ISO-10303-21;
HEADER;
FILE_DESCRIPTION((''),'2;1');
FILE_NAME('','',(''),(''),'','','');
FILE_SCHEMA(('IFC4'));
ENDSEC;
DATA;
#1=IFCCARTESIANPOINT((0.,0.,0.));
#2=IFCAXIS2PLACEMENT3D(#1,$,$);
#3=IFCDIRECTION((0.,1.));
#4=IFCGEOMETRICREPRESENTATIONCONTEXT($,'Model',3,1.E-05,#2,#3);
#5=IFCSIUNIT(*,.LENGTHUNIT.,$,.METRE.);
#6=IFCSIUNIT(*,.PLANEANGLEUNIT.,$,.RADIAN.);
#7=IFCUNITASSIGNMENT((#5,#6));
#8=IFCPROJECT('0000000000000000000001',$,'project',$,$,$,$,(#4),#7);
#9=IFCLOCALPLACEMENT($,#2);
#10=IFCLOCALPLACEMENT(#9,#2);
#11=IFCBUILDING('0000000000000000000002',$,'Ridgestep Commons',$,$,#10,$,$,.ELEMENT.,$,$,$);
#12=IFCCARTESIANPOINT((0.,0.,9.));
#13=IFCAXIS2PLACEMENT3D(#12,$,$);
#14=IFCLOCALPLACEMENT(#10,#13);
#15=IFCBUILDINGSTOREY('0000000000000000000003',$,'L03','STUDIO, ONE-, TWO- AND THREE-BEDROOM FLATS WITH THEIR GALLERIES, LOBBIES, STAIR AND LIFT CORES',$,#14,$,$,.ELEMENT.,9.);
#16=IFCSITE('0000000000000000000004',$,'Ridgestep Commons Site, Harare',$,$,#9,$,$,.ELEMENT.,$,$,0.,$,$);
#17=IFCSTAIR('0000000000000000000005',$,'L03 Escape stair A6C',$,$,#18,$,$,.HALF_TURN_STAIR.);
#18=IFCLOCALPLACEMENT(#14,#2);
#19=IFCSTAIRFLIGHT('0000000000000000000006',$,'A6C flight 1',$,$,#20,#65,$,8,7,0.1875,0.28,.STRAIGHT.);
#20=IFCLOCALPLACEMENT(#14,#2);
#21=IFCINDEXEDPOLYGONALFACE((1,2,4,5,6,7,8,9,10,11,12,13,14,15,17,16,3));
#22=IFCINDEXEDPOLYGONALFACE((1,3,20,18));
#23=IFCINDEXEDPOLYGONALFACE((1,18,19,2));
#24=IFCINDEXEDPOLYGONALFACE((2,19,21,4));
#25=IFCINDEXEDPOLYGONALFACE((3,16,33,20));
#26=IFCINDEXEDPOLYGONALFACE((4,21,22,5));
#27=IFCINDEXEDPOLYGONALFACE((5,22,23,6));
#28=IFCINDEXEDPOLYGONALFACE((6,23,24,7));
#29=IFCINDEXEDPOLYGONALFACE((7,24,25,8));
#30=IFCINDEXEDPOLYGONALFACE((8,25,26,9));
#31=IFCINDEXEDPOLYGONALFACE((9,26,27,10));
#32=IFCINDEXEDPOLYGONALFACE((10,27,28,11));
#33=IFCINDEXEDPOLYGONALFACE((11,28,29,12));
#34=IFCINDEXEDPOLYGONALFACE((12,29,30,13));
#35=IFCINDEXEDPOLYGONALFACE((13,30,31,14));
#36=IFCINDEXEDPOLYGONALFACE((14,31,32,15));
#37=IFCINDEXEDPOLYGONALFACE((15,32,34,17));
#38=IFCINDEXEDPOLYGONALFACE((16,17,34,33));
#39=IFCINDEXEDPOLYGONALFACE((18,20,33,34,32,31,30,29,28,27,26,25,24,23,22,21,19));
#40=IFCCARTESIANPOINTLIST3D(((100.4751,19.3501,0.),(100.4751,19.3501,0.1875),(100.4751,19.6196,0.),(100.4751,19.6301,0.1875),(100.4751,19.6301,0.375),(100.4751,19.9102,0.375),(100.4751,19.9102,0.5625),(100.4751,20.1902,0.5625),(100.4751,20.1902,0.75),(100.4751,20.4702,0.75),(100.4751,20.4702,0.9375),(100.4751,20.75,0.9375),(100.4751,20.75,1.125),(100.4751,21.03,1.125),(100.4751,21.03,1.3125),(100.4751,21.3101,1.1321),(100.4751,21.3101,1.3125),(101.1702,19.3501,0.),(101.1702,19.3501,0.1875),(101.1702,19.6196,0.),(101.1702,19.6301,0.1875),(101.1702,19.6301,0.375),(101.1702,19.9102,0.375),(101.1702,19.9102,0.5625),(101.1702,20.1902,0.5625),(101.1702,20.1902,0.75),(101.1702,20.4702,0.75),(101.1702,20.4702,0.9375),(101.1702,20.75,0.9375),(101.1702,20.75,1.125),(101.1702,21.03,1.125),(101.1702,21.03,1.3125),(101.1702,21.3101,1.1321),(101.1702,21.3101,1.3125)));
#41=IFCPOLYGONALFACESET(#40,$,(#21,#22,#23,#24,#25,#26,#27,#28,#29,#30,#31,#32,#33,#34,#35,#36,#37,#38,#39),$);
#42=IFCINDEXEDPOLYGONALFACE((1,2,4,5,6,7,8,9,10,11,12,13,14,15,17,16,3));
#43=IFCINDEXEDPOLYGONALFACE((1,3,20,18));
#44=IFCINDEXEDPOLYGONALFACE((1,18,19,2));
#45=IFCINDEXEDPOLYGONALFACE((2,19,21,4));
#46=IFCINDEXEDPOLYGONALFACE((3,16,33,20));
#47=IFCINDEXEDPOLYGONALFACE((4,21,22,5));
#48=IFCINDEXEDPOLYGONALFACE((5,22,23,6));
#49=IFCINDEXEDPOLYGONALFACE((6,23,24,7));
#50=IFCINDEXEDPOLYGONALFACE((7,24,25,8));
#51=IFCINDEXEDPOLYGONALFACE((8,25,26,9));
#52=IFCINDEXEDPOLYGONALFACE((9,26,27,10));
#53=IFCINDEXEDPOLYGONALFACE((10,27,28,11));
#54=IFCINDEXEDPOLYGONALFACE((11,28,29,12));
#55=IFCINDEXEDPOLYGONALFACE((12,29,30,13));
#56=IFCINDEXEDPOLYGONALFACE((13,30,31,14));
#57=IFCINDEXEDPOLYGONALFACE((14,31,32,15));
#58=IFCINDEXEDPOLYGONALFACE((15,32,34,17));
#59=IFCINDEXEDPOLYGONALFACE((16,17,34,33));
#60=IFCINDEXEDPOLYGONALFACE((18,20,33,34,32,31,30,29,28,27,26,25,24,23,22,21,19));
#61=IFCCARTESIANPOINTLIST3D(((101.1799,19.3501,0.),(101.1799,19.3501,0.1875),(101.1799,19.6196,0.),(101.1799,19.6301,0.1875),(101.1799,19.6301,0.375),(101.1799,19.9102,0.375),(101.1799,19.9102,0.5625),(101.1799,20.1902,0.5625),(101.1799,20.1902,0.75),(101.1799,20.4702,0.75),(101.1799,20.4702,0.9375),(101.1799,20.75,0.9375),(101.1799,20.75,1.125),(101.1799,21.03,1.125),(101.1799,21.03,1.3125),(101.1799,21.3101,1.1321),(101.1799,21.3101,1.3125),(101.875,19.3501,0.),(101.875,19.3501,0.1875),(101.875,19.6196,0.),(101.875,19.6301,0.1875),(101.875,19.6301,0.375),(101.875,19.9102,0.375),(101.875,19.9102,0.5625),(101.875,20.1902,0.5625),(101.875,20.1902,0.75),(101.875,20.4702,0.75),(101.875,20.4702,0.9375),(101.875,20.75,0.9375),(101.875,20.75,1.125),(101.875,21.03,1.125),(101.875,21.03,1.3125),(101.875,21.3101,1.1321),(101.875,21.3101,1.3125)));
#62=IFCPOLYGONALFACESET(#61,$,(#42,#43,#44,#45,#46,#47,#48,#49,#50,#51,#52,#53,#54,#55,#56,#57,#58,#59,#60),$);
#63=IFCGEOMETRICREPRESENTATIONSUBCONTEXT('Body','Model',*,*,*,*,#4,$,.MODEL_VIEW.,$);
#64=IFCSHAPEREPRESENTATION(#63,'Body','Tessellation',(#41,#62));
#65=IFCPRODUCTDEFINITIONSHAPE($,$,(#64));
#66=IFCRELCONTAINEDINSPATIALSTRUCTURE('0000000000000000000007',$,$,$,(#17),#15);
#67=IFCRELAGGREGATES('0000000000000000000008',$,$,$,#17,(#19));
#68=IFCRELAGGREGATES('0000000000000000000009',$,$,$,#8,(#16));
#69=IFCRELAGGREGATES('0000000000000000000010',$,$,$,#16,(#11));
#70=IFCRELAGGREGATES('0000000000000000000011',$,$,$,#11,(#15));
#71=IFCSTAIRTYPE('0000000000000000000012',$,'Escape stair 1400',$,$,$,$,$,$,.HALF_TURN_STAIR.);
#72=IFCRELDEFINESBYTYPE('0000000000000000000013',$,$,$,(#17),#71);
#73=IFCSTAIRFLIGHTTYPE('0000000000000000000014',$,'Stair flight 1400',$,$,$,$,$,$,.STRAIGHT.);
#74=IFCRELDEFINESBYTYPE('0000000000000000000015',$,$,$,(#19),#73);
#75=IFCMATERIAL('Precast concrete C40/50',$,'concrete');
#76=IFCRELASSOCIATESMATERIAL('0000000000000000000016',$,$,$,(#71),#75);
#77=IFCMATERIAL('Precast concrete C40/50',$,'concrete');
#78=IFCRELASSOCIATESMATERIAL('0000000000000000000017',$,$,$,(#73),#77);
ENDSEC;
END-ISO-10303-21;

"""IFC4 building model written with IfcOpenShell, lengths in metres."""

from ifc_helpers import new_model, si_unit, direction, frame, origin, place, context, subcontext, project, spatial, polyline, outline, extrude, material, type_object, element, aggregate, save


model = new_model("IFC4")

# Units and contexts
model_context = context("Model", 3, precision=1e-05, world=origin(), true_north=direction((0.0, 1.0)))
body_context = subcontext(model_context, "Body", "Model", "MODEL_VIEW")
ifc_project = project(units=[si_unit("LENGTHUNIT", "METRE"), si_unit("PLANEANGLEUNIT", "RADIAN")], contexts=[model_context])

# Site, building, storey
site_placement = place(None, origin())
site = spatial("IfcSite", under=ifc_project, at=site_placement, Name="Ridgestep Commons Site, Harare", CompositionType="ELEMENT", RefElevation=0.0)
building_placement = place(site_placement, origin())
building = spatial("IfcBuilding", under=site, at=building_placement, Name="Ridgestep Commons", CompositionType="ELEMENT")
storey_placement = place(building_placement, frame((0.0, 0.0, 9.0)))
storey = spatial("IfcBuildingStorey", under=building, at=storey_placement, Name="L03", Description="STUDIO, ONE-, TWO- AND THREE-BEDROOM FLATS WITH THEIR GALLERIES, LOBBIES, STAIR AND LIFT CORES", CompositionType="ELEMENT", Elevation=9.0)

# Stair, stair flight
ifc_material_1 = material(Name="Precast concrete C40/50", Category="concrete")
stair_type = type_object("IfcStairType", Name="Escape stair 1400", PredefinedType="HALF_TURN_STAIR", material=ifc_material_1)
ifc_material_2 = material(Name="Precast concrete C40/50", Category="concrete")
stair_flight_type = type_object("IfcStairFlightType", Name="Stair flight 1400", PredefinedType="STRAIGHT", material=ifc_material_2)
stair_1_placement = place(storey_placement, origin())
stair_1 = element("IfcStair", 1, at=stair_1_placement, inside=storey, type_object=stair_type, Name="L03 Escape stair A6C", PredefinedType="HALF_TURN_STAIR")
stair_flight_1_placement = place(storey_placement, frame((101.175, 19.3501, 0.0), z_axis=(0.0, 0.0, 1.0), x_axis=(0.0, 1.0, 0.0)))
stair_flight_1 = element("IfcStairFlight", 2, at=stair_flight_1_placement, type_object=stair_flight_type, Name="A6C flight 1", NumberOfRisers=8, NumberOfTreads=7, PredefinedType="STRAIGHT", RiserHeight=0.1875, TreadLength=0.28, context=body_context, shape_type="SweptSolid", body=[
    extrude(outline(polyline([(0.0, 0.0), (0.0, 0.1875), (0.28, 0.1875), (0.28, 0.375), (0.5601, 0.375), (0.5601, 0.5625), (0.8401, 0.5625), (0.8401, 0.75), (1.1201, 0.75), (1.1201, 0.9375), (1.3999, 0.9375), (1.3999, 1.125), (1.6799, 1.125), (1.6799, 1.3125), (1.96, 1.3125), (1.96, 1.5), (1.96, 1.1321), (0.2695, 0.0), (0.0, 0.0)])), frame((0.0, 0.7, 0.0), z_axis=(0.0, -1.0, 0.0), x_axis=(1.0, 0.0, 0.0)), (0.0, 0.0, 1.0), 0.6951),
    extrude(outline(polyline([(0.0, 0.0), (0.0, 0.1875), (0.28, 0.1875), (0.28, 0.375), (0.5601, 0.375), (0.5601, 0.5625), (0.8401, 0.5625), (0.8401, 0.75), (1.1201, 0.75), (1.1201, 0.9375), (1.3999, 0.9375), (1.3999, 1.125), (1.6799, 1.125), (1.6799, 1.3125), (1.96, 1.3125), (1.96, 1.5), (1.96, 1.1321), (0.2695, 0.0), (0.0, 0.0)])), frame((0.0, -0.0049, 0.0), z_axis=(0.0, -1.0, 0.0), x_axis=(1.0, 0.0, 0.0)), (0.0, 0.0, 1.0), 0.6951),
])
aggregate(stair_1, [stair_flight_1])

save(model, "model.ifc")
